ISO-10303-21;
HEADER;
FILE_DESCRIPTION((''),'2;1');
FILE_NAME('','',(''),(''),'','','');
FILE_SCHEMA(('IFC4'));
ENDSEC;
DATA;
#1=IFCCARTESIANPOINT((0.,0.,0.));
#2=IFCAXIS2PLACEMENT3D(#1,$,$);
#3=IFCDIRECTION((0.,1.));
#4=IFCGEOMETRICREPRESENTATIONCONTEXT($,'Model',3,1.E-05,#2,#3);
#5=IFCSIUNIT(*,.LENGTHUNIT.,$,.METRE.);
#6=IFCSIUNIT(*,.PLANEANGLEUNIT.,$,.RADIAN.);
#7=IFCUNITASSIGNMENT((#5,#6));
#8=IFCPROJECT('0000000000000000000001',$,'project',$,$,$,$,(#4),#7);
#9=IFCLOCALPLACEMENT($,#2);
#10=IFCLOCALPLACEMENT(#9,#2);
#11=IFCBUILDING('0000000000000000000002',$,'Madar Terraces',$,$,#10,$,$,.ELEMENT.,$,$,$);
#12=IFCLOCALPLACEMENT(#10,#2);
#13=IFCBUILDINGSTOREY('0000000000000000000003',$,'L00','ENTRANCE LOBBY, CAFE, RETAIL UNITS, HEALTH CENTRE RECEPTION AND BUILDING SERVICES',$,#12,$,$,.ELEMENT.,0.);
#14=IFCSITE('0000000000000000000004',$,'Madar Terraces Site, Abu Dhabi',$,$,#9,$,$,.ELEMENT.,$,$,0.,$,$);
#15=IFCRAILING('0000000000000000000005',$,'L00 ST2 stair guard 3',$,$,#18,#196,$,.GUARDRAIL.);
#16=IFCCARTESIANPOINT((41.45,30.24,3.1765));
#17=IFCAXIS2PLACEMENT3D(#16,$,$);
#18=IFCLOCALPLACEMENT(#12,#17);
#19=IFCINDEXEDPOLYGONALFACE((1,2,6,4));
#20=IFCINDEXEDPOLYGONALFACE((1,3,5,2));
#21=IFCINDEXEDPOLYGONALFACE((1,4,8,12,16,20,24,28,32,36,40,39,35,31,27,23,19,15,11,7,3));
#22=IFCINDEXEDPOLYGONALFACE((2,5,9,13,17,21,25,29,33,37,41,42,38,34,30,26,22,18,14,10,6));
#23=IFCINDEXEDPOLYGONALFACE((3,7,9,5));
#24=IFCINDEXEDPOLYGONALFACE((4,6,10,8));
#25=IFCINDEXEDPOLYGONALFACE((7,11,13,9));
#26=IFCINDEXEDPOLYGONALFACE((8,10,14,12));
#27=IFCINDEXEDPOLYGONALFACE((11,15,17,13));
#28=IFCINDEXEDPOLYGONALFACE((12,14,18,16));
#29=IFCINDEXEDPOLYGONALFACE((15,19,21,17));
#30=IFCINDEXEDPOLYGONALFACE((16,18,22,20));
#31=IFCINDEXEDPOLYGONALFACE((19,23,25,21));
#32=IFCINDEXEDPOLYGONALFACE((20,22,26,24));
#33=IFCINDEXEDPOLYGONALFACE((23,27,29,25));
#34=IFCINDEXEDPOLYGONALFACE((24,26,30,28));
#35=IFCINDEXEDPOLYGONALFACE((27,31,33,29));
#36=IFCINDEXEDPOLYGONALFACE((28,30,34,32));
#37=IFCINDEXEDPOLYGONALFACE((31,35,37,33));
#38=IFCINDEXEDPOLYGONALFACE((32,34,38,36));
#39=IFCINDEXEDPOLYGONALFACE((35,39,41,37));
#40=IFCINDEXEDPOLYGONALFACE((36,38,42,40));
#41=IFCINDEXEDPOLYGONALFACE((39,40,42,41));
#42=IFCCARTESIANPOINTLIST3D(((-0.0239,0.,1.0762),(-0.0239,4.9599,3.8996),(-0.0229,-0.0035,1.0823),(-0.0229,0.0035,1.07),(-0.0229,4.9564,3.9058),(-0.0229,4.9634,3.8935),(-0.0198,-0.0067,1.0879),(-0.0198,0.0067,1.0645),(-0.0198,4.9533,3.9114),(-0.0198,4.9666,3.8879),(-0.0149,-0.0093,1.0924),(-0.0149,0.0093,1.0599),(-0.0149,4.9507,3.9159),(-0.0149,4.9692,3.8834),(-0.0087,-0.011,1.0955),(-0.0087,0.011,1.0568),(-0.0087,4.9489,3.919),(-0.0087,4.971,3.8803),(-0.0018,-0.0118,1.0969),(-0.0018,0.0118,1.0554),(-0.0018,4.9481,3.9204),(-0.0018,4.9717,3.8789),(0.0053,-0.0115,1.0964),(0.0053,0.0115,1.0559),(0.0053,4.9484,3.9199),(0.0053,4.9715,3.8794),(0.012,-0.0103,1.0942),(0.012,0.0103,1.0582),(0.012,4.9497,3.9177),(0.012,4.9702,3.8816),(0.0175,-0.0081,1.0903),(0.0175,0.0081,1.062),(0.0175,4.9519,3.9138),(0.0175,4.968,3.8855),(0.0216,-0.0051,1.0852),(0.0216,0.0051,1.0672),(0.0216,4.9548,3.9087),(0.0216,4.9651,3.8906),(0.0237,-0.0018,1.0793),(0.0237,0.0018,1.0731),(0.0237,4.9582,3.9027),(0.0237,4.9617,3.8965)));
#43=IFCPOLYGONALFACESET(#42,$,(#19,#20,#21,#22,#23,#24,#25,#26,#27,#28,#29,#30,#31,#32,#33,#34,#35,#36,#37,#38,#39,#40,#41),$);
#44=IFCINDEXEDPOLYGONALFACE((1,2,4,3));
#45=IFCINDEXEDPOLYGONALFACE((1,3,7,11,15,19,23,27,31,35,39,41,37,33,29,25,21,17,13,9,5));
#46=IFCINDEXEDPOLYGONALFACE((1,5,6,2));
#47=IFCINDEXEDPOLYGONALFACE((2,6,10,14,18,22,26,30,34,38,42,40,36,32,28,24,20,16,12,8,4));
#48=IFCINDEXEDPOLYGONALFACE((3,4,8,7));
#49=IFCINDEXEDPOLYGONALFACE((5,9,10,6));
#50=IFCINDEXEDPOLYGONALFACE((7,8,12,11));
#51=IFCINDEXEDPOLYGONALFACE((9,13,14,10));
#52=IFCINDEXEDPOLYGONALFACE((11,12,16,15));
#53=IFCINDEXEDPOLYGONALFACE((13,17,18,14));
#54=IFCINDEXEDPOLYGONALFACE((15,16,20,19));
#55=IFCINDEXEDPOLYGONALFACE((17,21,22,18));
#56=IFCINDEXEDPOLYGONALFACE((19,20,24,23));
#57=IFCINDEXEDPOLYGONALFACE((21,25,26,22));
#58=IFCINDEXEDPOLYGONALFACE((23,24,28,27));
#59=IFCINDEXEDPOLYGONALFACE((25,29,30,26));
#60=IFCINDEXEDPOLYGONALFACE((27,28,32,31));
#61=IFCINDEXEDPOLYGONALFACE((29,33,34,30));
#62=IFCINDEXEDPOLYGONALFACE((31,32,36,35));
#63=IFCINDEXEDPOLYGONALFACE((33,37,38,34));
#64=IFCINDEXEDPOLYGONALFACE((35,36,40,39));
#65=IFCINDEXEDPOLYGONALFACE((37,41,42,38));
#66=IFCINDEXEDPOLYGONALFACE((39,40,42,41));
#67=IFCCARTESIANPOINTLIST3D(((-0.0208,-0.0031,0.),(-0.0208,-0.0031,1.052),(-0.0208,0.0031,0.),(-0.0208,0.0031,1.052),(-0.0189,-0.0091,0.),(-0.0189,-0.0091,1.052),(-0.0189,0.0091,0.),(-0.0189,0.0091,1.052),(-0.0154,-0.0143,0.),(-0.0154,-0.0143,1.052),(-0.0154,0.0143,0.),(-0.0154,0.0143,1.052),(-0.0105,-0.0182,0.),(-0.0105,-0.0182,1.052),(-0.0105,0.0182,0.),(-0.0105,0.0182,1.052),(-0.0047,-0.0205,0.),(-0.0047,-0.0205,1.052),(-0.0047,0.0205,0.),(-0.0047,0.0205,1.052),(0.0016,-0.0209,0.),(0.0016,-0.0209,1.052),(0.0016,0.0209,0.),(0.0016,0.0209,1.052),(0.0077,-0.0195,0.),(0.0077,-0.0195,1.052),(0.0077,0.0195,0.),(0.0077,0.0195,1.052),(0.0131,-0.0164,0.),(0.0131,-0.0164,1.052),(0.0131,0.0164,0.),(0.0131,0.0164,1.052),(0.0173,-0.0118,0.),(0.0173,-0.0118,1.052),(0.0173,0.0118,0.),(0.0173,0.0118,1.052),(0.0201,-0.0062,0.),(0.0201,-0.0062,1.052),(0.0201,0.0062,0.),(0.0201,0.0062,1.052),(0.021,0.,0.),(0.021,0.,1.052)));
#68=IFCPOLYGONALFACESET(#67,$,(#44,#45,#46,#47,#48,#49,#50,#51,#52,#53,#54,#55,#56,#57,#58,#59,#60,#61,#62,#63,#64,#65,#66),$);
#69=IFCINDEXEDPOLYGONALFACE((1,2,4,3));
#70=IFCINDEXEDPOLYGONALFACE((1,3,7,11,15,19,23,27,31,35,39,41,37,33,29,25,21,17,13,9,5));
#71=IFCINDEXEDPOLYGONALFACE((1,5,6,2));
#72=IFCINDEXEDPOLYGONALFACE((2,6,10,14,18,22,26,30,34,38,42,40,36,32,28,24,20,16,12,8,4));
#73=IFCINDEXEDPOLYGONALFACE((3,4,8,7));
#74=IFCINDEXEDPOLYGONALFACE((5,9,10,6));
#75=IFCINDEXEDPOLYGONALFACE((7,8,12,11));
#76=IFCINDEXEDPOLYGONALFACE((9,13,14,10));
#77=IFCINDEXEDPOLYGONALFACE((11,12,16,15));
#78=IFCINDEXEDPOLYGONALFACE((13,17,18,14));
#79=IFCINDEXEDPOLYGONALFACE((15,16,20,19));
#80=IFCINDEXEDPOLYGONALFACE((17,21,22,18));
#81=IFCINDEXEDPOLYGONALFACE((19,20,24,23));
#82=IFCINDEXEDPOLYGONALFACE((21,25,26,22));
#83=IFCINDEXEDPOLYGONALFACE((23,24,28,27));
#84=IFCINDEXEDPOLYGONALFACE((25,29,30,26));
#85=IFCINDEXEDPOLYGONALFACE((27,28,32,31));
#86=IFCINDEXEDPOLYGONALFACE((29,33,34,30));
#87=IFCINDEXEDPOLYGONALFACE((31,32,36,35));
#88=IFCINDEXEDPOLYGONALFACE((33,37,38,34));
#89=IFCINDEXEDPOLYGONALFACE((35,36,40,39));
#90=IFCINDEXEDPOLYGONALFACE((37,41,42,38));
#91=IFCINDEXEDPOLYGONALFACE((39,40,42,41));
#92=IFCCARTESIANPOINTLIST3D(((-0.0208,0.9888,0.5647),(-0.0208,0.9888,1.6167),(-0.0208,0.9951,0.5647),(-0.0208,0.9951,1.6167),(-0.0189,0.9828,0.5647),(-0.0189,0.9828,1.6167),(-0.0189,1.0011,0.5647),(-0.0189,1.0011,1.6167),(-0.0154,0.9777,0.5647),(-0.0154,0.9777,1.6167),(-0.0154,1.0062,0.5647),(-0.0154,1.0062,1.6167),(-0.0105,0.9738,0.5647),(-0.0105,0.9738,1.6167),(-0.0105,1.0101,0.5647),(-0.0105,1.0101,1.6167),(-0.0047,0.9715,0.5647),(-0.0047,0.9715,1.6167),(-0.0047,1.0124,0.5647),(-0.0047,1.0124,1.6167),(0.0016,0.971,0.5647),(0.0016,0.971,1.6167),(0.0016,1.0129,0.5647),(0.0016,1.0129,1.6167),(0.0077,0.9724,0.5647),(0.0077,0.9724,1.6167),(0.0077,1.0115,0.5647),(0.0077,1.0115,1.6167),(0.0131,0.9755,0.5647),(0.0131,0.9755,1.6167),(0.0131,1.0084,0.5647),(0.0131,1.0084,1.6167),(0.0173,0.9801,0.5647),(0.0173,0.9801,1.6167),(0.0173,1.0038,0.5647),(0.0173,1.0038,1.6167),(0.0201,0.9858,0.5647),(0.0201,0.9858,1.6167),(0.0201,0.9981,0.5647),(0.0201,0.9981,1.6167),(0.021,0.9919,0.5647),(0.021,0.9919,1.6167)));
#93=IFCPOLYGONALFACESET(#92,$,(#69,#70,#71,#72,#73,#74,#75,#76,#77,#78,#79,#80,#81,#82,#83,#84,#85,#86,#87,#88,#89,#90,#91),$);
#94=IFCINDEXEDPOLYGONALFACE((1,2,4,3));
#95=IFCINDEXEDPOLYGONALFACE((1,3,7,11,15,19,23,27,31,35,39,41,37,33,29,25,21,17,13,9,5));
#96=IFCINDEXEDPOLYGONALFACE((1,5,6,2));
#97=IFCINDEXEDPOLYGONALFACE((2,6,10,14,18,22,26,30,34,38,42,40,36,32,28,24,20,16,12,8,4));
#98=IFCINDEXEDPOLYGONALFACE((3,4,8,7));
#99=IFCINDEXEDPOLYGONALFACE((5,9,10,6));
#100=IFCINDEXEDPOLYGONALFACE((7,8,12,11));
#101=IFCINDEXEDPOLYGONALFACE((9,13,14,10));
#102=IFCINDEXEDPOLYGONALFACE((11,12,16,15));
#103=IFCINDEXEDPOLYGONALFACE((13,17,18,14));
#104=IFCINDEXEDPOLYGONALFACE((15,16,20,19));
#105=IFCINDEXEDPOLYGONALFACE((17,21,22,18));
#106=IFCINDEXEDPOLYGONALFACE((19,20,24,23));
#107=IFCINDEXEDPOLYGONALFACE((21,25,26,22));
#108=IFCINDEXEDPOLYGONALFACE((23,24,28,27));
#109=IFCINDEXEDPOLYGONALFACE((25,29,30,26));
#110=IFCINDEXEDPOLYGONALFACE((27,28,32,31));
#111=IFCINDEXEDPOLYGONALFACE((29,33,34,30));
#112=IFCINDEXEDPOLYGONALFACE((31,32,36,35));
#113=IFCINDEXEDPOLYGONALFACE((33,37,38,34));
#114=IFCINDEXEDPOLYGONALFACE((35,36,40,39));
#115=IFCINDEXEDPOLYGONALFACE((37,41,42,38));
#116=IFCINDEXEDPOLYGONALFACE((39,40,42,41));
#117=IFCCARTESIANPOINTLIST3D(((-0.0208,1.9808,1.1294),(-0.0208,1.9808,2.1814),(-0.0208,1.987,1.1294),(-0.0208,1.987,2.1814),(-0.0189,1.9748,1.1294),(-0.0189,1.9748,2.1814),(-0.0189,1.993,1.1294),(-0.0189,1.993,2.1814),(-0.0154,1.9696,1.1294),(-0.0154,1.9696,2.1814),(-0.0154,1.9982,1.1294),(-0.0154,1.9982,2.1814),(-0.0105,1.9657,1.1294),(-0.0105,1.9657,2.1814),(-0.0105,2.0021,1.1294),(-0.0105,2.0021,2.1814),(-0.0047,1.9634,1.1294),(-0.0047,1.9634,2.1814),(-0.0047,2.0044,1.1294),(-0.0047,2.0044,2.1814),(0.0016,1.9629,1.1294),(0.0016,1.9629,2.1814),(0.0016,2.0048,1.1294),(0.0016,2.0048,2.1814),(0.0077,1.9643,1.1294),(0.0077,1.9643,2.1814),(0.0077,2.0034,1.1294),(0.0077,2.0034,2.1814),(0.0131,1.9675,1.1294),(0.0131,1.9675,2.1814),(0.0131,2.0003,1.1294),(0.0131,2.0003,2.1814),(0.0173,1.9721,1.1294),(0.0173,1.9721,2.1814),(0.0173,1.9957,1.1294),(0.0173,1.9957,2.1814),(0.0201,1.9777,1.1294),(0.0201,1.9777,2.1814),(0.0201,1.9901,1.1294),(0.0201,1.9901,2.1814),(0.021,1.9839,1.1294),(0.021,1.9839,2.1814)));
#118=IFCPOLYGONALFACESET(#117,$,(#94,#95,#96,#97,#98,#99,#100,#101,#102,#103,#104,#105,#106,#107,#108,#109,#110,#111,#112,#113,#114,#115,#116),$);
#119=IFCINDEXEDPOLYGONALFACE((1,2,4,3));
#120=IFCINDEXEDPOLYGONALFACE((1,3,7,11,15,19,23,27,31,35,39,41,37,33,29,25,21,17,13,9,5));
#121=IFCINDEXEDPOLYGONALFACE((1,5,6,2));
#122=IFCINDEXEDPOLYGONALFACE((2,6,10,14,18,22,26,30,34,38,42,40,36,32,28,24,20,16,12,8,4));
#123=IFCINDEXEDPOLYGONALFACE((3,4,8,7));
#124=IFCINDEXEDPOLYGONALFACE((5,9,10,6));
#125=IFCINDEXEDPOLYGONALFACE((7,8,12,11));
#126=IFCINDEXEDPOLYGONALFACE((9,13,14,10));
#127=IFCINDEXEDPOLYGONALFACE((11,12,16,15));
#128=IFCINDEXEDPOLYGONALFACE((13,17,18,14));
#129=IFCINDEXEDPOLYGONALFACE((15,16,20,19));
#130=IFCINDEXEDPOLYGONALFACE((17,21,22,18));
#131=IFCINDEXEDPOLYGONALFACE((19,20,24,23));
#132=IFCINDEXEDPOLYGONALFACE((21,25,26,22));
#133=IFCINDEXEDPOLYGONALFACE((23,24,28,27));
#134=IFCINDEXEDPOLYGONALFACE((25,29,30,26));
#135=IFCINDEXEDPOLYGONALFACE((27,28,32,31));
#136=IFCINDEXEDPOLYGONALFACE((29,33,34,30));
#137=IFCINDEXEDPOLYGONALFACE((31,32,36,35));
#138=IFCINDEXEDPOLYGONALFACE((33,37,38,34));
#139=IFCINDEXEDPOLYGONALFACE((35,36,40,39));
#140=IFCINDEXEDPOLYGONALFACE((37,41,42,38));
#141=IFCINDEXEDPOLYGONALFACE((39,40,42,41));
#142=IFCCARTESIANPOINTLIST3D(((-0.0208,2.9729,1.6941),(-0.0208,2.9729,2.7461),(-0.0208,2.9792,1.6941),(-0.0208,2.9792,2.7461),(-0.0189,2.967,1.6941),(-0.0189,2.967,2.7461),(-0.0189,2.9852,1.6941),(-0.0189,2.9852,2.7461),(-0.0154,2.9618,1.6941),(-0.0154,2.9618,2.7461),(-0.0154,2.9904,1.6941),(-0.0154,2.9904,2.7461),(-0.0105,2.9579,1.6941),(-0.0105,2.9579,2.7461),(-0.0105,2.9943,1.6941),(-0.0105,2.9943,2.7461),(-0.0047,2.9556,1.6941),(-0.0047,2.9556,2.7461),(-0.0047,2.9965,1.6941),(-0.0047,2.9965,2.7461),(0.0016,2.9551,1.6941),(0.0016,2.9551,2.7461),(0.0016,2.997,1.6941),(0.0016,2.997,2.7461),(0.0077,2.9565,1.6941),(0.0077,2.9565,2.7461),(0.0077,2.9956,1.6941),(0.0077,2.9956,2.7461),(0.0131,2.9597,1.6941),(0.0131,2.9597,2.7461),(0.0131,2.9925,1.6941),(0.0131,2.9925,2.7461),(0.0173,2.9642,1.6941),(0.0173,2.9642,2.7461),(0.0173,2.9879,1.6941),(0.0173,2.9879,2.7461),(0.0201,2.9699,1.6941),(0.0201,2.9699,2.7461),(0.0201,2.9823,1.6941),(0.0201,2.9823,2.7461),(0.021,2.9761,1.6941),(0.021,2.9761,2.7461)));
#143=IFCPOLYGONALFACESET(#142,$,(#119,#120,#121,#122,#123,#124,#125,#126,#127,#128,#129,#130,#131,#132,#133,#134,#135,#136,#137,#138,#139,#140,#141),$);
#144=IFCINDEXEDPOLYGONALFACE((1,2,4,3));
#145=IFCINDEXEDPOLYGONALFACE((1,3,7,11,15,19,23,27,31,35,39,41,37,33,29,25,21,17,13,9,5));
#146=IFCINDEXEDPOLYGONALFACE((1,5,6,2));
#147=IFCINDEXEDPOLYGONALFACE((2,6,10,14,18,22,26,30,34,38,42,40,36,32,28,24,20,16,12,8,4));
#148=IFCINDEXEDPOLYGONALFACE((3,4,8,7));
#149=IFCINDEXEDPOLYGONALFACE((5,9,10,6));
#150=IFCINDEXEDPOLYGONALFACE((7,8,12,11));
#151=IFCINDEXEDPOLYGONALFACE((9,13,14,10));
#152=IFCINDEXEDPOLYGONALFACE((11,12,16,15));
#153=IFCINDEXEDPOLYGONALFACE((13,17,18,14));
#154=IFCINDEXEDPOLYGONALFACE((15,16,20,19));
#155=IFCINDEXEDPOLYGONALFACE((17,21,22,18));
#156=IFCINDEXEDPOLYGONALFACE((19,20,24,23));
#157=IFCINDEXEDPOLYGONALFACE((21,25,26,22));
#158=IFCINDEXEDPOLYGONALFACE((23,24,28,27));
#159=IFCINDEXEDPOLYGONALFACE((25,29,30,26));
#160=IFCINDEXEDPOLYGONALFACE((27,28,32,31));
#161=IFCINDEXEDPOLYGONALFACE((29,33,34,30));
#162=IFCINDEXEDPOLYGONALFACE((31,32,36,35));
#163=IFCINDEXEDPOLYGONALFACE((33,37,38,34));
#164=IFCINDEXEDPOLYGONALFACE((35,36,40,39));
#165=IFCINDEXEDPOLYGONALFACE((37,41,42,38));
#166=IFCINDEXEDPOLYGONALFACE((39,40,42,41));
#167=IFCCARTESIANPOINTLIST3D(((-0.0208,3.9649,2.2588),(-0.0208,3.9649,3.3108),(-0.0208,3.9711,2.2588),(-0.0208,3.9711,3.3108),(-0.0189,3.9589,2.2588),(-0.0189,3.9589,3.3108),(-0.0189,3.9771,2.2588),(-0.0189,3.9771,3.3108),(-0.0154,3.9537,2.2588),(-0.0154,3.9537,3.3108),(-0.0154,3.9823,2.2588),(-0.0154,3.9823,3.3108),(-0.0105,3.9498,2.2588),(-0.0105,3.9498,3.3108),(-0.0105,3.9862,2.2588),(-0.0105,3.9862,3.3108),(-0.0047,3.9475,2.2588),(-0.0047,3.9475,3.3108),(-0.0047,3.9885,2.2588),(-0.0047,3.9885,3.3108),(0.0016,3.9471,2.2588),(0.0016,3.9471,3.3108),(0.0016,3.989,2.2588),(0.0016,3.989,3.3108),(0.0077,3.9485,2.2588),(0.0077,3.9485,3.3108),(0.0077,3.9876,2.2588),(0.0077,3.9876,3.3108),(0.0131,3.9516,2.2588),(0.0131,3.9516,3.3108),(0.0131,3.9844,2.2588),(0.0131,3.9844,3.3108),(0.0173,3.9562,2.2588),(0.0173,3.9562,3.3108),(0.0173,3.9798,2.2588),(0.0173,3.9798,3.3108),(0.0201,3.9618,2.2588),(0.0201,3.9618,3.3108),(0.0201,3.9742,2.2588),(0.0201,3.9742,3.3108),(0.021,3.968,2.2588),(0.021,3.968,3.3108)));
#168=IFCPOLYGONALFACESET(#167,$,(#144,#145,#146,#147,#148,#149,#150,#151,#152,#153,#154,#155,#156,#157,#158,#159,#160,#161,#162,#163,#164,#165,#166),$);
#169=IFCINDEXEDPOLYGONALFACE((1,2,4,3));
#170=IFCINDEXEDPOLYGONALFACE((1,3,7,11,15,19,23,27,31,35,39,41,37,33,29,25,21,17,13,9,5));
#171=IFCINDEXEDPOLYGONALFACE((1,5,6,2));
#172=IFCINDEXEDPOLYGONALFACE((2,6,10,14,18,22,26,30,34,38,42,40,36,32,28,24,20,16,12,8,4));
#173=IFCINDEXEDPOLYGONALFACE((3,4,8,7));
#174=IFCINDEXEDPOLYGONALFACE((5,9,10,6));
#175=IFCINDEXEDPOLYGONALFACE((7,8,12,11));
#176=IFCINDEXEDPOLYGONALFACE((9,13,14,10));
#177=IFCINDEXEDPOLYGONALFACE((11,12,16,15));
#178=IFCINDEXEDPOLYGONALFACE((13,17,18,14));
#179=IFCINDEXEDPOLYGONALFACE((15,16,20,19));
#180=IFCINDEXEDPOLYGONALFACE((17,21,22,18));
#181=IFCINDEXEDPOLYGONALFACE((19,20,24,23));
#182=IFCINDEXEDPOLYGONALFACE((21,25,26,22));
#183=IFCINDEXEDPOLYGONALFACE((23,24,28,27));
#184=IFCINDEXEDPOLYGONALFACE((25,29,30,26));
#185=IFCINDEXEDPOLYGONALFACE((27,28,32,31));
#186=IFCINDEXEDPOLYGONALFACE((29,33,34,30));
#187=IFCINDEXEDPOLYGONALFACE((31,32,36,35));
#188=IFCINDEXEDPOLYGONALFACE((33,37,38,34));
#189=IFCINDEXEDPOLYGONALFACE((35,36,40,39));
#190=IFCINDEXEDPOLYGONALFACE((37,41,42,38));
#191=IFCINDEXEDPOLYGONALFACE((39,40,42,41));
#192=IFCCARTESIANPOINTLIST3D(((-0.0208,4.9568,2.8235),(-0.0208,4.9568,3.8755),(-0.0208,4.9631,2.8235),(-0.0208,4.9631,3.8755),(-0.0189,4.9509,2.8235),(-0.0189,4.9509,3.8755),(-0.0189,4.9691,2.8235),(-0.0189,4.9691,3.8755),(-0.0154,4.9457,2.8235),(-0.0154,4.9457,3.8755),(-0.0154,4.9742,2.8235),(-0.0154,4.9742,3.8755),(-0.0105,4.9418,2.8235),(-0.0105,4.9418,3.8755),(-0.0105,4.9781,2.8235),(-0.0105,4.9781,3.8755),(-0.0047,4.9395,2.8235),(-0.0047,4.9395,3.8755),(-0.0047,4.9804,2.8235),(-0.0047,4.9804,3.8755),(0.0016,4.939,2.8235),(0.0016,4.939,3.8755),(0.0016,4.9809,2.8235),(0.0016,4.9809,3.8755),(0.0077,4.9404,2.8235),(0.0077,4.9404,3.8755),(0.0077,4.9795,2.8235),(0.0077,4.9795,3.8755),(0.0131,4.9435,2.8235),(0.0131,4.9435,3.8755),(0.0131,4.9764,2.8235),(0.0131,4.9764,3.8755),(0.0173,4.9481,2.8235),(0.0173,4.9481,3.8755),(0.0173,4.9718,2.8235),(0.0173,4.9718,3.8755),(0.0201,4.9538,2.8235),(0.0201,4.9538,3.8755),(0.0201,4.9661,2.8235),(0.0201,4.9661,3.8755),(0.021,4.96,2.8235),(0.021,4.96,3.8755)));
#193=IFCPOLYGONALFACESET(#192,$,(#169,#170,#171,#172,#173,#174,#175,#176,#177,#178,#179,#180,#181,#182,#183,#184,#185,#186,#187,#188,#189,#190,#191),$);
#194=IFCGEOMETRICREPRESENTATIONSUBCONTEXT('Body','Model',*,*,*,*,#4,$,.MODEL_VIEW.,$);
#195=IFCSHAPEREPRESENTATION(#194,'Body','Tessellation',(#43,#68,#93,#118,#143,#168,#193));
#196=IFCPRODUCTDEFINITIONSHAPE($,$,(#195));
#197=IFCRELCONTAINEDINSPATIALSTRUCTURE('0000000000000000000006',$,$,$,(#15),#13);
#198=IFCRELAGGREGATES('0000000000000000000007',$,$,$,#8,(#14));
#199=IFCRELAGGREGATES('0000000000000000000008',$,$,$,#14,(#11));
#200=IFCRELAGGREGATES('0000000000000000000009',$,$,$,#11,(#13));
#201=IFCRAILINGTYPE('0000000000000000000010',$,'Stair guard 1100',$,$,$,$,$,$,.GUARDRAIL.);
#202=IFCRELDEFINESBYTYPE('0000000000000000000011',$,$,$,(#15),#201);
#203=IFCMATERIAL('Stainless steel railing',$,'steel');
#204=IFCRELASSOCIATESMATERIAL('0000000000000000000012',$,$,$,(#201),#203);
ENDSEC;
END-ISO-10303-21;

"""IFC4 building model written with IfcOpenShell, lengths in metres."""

from ifc_helpers import new_model, si_unit, direction, frame, origin, origin_2d, place, context, subcontext, project, spatial, circle, extrude, material, type_object, element, save


model = new_model("IFC4")

# Units and contexts
model_context = context("Model", 3, precision=1e-05, world=origin(), true_north=direction((0.0, 1.0)))
body_context = subcontext(model_context, "Body", "Model", "MODEL_VIEW")
ifc_project = project(units=[si_unit("LENGTHUNIT", "METRE"), si_unit("PLANEANGLEUNIT", "RADIAN")], contexts=[model_context])

# Site, building, storey
site_placement = place(None, origin())
site = spatial("IfcSite", under=ifc_project, at=site_placement, Name="Madar Terraces Site, Abu Dhabi", CompositionType="ELEMENT", RefElevation=0.0)
building_placement = place(site_placement, origin())
building = spatial("IfcBuilding", under=site, at=building_placement, Name="Madar Terraces", CompositionType="ELEMENT")
storey_placement = place(building_placement, origin())
storey = spatial("IfcBuildingStorey", under=building, at=storey_placement, Name="L00", Description="ENTRANCE LOBBY, CAFE, RETAIL UNITS, HEALTH CENTRE RECEPTION AND BUILDING SERVICES", CompositionType="ELEMENT", Elevation=0.0)

# Railing
ifc_material_1 = material(Name="Stainless steel railing", Category="steel")
railing_type = type_object("IfcRailingType", Name="Stair guard 1100", PredefinedType="GUARDRAIL", material=ifc_material_1)
railing_1_placement = place(storey_placement, frame((41.45, 30.24, 3.1765)))
element("IfcRailing", 1, at=railing_1_placement, inside=storey, type_object=railing_type, Name="L00 ST2 stair guard 3", PredefinedType="GUARDRAIL", context=body_context, shape_type="SweptSolid", body=[
    extrude(circle(Radius=0.0239, at=origin_2d()), frame((0.0, 0.0, 1.0762), z_axis=(0.0, 0.869055, 0.494715), x_axis=(-1.0, 0.0, 0.0)), (0.0, 0.0, 1.0), 5.7073),
    extrude(circle(Radius=0.021, at=origin_2d()), origin(), (0.0, 0.0, 1.0), 1.052),
    extrude(circle(Radius=0.021, at=origin_2d()), frame((0.0, 0.9919, 0.5647)), (0.0, 0.0, 1.0), 1.052),
    extrude(circle(Radius=0.021, at=origin_2d()), frame((0.0, 1.9839, 1.1294)), (0.0, 0.0, 1.0), 1.052),
    extrude(circle(Radius=0.021, at=origin_2d()), frame((0.0, 2.9761, 1.6941)), (0.0, 0.0, 1.0), 1.052),
    extrude(circle(Radius=0.021, at=origin_2d()), frame((0.0, 3.968, 2.2588)), (0.0, 0.0, 1.0), 1.052),
    extrude(circle(Radius=0.021, at=origin_2d()), frame((0.0, 4.96, 2.8235)), (0.0, 0.0, 1.0), 1.052),
])

save(model, "model.ifc")
